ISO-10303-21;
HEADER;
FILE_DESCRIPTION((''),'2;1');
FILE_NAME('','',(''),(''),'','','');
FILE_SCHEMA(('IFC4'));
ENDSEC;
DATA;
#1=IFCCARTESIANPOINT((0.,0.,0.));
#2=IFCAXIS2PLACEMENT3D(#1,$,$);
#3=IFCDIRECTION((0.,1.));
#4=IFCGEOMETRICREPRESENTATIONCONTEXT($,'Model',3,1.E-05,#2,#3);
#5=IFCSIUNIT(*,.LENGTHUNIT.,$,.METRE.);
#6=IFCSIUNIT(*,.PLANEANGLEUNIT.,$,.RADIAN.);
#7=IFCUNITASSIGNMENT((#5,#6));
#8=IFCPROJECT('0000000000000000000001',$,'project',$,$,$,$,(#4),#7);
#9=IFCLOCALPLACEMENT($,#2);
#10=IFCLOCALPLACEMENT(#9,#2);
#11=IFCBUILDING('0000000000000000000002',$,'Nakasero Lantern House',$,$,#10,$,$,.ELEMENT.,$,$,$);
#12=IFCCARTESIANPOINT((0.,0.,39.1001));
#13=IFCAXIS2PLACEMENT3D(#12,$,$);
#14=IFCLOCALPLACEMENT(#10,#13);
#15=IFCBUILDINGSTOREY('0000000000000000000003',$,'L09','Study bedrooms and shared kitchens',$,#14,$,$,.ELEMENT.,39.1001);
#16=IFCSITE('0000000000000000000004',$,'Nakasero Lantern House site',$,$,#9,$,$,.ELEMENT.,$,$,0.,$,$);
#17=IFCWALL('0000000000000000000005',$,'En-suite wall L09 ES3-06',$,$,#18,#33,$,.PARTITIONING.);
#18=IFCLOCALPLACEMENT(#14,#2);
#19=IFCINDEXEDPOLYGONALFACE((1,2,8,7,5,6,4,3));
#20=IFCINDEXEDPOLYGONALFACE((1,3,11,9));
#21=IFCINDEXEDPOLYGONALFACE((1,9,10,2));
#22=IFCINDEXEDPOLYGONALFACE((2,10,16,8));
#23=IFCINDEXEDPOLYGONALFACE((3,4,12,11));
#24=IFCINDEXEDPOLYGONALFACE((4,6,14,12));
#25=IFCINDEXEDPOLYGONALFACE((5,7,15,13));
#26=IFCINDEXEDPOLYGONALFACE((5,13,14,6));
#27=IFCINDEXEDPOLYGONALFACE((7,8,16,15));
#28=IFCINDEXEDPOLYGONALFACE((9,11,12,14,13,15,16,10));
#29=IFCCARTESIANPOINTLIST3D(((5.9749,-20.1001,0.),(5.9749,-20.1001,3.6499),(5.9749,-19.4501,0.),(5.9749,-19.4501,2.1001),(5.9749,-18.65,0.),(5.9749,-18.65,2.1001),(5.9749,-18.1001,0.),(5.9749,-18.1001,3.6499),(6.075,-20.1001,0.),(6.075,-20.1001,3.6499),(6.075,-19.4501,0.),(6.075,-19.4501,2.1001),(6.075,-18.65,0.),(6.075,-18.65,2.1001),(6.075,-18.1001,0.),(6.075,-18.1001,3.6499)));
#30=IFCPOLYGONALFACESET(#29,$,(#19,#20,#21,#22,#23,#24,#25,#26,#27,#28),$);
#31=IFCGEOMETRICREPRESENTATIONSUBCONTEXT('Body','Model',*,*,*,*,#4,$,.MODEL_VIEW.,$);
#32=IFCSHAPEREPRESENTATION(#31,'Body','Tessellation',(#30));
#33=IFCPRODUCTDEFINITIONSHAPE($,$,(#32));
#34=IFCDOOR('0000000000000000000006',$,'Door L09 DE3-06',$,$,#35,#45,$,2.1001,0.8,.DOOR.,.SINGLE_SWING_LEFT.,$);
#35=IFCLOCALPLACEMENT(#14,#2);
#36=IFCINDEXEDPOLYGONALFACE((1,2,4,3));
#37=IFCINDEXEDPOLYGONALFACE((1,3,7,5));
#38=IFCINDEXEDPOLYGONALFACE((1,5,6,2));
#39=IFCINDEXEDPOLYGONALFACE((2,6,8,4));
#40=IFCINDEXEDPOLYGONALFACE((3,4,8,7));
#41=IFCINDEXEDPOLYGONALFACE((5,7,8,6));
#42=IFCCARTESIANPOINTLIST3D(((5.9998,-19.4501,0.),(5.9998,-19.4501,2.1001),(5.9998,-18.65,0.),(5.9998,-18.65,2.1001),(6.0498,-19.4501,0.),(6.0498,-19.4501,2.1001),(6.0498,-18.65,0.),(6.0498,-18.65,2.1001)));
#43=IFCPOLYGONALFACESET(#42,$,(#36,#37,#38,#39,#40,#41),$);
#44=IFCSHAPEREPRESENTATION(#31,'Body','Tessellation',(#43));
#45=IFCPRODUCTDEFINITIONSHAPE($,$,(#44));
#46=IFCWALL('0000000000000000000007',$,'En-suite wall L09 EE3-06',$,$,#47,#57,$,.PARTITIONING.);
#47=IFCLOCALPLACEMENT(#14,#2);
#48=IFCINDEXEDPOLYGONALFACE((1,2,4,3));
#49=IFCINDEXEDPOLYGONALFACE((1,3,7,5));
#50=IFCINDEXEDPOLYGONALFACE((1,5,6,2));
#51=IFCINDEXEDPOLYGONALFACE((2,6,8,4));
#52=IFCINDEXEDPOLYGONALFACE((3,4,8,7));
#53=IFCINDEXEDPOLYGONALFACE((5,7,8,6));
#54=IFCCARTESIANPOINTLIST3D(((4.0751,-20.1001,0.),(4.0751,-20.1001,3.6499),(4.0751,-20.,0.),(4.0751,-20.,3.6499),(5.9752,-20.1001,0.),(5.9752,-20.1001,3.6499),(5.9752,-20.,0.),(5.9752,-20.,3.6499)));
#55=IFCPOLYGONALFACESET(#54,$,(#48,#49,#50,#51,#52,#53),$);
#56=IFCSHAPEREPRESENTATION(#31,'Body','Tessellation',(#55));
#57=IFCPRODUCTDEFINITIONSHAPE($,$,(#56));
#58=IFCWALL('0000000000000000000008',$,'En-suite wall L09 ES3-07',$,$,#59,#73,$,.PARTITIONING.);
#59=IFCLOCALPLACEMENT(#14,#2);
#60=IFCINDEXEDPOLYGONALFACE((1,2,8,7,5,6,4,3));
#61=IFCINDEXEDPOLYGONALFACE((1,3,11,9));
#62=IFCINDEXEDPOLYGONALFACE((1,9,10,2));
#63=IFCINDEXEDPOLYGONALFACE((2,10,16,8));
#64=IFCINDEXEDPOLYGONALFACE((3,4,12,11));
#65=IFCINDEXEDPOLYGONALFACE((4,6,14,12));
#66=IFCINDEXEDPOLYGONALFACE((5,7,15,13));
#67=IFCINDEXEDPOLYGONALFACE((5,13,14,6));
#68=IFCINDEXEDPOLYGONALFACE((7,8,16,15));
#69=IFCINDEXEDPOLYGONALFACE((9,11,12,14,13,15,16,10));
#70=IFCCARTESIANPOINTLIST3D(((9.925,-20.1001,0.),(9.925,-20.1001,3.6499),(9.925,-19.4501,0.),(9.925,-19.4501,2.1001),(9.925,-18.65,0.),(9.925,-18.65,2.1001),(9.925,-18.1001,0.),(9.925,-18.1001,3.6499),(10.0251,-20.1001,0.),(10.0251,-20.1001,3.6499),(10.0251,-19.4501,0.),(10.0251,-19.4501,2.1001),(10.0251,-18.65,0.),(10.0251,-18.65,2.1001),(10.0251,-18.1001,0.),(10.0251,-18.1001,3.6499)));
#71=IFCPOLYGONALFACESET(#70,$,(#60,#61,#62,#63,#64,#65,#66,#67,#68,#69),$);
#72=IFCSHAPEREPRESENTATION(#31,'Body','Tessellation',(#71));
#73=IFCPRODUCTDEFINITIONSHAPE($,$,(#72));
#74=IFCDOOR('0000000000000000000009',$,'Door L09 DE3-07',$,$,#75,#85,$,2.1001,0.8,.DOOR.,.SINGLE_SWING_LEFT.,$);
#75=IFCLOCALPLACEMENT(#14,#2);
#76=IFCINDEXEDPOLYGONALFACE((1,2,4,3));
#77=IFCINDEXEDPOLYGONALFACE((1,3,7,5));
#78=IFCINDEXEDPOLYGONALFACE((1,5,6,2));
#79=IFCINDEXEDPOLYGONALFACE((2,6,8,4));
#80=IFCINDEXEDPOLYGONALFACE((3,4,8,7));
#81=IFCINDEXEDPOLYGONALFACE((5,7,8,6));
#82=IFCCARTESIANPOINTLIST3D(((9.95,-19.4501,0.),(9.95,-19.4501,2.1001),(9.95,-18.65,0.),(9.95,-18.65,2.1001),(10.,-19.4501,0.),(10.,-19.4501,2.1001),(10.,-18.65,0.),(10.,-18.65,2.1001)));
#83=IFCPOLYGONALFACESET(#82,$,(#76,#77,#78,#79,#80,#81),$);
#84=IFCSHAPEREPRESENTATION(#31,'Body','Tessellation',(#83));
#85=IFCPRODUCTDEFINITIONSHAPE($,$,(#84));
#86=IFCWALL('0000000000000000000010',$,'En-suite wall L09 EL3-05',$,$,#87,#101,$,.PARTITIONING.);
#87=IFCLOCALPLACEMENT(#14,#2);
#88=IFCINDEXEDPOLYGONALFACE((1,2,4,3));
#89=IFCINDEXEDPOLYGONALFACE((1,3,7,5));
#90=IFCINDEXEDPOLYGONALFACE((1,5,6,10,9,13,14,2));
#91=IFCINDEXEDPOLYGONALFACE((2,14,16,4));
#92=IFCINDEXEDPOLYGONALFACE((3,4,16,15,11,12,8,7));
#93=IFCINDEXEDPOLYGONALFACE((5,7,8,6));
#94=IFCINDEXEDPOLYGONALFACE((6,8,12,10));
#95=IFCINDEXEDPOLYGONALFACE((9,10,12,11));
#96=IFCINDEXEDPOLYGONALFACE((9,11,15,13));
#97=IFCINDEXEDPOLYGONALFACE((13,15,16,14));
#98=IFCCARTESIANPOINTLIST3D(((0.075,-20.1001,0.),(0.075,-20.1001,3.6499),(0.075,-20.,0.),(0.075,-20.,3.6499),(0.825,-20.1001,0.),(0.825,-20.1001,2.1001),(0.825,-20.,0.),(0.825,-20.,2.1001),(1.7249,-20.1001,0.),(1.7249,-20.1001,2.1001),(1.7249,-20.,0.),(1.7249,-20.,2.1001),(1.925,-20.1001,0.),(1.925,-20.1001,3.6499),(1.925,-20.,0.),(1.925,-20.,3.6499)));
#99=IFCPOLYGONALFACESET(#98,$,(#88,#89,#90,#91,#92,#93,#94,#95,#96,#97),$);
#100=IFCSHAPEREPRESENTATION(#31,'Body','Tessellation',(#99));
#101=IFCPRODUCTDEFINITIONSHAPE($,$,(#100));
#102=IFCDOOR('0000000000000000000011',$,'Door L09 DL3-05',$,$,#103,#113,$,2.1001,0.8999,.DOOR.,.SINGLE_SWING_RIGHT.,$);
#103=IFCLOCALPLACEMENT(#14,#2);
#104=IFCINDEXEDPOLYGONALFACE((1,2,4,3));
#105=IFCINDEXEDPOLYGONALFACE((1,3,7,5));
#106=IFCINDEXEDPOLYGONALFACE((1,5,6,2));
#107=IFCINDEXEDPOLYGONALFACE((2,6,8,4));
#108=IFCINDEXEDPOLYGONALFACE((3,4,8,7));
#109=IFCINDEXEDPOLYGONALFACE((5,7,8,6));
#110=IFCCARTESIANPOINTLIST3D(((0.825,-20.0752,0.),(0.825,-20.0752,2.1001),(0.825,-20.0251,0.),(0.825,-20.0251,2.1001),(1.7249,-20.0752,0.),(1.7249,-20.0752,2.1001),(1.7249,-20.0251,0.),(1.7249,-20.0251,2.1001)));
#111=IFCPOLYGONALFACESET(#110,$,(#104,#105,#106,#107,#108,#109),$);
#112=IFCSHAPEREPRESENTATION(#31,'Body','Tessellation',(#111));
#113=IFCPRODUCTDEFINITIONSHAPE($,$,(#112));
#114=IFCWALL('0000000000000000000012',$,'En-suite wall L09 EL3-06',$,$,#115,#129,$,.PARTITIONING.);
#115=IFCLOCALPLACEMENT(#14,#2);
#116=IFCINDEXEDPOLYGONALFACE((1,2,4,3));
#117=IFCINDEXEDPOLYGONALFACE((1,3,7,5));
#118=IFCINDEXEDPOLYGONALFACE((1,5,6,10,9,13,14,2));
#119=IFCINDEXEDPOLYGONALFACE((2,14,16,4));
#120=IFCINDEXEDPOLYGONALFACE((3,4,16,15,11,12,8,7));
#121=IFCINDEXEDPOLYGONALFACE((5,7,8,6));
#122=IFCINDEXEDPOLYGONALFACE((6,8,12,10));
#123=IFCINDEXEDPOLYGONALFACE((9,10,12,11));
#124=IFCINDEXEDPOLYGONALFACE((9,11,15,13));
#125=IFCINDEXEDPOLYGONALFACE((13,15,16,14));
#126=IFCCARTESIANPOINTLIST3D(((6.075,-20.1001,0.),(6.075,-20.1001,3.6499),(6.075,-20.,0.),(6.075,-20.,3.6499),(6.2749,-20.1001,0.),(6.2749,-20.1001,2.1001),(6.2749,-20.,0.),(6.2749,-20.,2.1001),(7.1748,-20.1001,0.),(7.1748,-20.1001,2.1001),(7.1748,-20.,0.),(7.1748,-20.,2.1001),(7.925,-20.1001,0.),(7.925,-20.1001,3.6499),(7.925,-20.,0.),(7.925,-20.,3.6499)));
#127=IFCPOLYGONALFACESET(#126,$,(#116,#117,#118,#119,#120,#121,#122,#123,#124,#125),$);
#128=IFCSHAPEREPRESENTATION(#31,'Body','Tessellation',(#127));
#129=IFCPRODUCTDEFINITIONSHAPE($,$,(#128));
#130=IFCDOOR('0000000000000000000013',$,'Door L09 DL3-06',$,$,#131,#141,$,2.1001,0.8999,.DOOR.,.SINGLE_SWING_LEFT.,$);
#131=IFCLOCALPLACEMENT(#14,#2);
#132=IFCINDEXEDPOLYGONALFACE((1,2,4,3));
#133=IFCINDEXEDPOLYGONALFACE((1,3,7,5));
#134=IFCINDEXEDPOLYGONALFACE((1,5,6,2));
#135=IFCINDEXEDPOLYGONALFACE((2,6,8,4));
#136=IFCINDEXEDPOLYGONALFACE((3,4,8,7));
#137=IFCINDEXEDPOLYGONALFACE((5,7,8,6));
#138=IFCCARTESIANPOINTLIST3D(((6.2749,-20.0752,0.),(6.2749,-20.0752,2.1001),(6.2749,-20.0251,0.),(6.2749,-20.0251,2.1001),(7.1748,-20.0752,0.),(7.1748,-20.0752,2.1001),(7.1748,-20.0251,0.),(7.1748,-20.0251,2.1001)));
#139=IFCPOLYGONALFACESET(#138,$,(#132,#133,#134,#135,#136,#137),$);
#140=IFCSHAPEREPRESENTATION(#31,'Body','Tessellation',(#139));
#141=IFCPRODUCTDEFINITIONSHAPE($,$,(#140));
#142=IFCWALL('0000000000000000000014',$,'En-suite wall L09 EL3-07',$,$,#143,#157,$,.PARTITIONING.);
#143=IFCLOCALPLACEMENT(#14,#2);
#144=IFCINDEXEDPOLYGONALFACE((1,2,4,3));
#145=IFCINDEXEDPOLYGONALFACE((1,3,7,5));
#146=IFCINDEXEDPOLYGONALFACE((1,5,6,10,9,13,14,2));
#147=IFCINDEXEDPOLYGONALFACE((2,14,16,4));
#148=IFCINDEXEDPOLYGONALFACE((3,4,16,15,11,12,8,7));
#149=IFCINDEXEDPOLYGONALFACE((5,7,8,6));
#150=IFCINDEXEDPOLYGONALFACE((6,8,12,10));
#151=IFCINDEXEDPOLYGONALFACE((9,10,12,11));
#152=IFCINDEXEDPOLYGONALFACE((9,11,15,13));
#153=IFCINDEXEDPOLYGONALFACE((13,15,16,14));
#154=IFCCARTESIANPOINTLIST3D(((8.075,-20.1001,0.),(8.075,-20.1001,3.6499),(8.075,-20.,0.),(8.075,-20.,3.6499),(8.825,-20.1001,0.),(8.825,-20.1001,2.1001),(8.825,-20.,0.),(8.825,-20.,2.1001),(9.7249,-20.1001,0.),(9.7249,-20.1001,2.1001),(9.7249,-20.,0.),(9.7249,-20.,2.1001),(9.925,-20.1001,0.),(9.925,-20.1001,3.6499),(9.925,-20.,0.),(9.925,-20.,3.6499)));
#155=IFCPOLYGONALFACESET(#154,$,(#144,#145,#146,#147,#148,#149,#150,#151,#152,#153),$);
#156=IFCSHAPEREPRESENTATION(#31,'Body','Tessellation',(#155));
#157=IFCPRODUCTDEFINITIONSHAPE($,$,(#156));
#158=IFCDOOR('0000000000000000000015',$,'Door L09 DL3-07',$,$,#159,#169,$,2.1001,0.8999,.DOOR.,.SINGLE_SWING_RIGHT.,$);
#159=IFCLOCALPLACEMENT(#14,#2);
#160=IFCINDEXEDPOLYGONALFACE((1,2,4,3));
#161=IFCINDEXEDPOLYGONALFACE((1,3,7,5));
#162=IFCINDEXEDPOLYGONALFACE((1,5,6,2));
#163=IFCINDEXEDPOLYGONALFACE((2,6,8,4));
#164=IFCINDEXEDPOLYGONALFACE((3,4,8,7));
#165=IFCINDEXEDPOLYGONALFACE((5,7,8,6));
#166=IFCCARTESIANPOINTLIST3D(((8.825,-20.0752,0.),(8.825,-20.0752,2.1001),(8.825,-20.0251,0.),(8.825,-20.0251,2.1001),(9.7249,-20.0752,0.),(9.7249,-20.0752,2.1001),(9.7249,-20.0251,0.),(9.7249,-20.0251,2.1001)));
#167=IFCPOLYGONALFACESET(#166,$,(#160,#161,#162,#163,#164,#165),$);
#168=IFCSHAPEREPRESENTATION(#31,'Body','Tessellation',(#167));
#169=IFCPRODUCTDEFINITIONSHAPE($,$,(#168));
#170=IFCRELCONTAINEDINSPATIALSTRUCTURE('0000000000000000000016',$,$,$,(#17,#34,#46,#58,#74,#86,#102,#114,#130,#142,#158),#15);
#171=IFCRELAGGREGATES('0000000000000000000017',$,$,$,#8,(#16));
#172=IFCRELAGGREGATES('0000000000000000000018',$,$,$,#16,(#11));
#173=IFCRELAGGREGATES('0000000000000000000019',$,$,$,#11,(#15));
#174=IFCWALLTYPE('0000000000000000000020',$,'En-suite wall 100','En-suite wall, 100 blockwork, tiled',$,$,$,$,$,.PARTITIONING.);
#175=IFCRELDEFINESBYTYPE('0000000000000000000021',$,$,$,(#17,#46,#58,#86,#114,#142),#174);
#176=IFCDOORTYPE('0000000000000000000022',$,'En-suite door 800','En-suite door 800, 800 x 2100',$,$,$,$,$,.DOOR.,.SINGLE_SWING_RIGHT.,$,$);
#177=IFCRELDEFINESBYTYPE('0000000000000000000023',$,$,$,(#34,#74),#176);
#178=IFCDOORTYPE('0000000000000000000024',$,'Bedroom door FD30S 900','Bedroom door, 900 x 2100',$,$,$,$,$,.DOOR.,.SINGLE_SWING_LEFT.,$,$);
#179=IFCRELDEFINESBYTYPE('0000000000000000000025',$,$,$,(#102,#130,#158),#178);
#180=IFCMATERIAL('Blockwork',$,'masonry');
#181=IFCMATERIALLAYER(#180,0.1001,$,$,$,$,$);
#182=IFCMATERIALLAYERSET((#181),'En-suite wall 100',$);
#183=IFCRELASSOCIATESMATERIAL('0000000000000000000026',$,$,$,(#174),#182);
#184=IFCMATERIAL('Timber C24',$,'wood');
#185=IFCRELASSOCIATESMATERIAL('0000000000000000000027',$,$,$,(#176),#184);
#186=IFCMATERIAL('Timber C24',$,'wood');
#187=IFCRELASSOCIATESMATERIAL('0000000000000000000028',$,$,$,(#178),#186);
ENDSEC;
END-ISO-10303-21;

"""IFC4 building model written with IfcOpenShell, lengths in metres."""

from ifc_helpers import new_model, si_unit, direction, frame, frame_2d, origin, place, context, subcontext, project, spatial, rectangle, extrude, material, layer, layer_set, type_object, element, fill, save


model = new_model("IFC4")

# Units and contexts
model_context = context("Model", 3, precision=1e-05, world=origin(), true_north=direction((0.0, 1.0)))
body_context = subcontext(model_context, "Body", "Model", "MODEL_VIEW")
ifc_project = project(units=[si_unit("LENGTHUNIT", "METRE"), si_unit("PLANEANGLEUNIT", "RADIAN")], contexts=[model_context])

# Site, building, storey
site_placement = place(None, origin())
site = spatial("IfcSite", under=ifc_project, at=site_placement, Name="Nakasero Lantern House site", CompositionType="ELEMENT", RefElevation=0.0)
building_placement = place(site_placement, origin())
building = spatial("IfcBuilding", under=site, at=building_placement, Name="Nakasero Lantern House", CompositionType="ELEMENT")
storey_placement = place(building_placement, frame((0.0, 0.0, 39.1001)))
storey = spatial("IfcBuildingStorey", under=building, at=storey_placement, Name="L09", Description="Study bedrooms and shared kitchens", CompositionType="ELEMENT", Elevation=39.1001)

# Shared definitions
ifc_material_1 = material(Name="Blockwork", Category="masonry")
ifc_layer_1 = layer(ifc_material_1, 0.1001)
ifc_layer_set_1 = layer_set([ifc_layer_1], Name="En-suite wall 100")
wall_type_1 = type_object("IfcWallType", Name="En-suite wall 100", Description="En-suite wall, 100 blockwork, tiled", PredefinedType="PARTITIONING", material=ifc_layer_set_1)
ifc_material_2 = material(Name="Timber C24", Category="wood")
door_type_1 = type_object("IfcDoorType", Name="En-suite door 800", Description="En-suite door 800, 800 x 2100", OperationType="SINGLE_SWING_RIGHT", PredefinedType="DOOR", material=ifc_material_2)

# Wall, opening, door
wall_1_placement = place(storey_placement, frame((6.0249, -18.1001, 0.0), z_axis=(0.0, 0.0, 1.0), x_axis=(0.0, -1.0, 0.0)))
wall_1 = element("IfcWall", 1, at=wall_1_placement, inside=storey, type_object=wall_type_1, Name="En-suite wall L09 ES3-06", PredefinedType="PARTITIONING", context=body_context, shape_type="SweptSolid", body=[
    extrude(rectangle(XDim=2.0, YDim=0.1001, at=frame_2d((1.0, 0.0))), origin(), (0.0, 0.0, 1.0), 3.6499),
])
opening_1_placement = place(wall_1_placement, frame((0.55, 0.0, 0.0)))
opening_1 = element("IfcOpeningElement", 2, at=opening_1_placement, cuts=wall_1, PredefinedType="OPENING", context=body_context, shape_type="SweptSolid", body=[
    extrude(rectangle(XDim=0.8, YDim=2.1001, at=frame_2d((0.3999, 1.05))), frame((0.0, 0.0701, 0.0), z_axis=(0.0, -1.0, 0.0), x_axis=(1.0, 0.0, 0.0)), (0.0, 0.0, 1.0), 0.1401),
])
door_1_placement = place(opening_1_placement, origin())
door_1 = element("IfcDoor", 3, at=door_1_placement, inside=storey, type_object=door_type_1, Name="Door L09 DE3-06", OperationType="SINGLE_SWING_LEFT", OverallHeight=2.1001, OverallWidth=0.8, PredefinedType="DOOR", context=body_context, shape_type="SweptSolid", body=[
    extrude(rectangle(XDim=0.8, YDim=2.1001, at=frame_2d((0.3999, 1.05))), frame((0.0, 0.0249, 0.0), z_axis=(0.0, -1.0, 0.0), x_axis=(1.0, 0.0, 0.0)), (0.0, 0.0, 1.0), 0.05),
])
fill(opening_1, door_1)

# Wall
wall_2_placement = place(storey_placement, frame((4.075, -20.05, 0.0), z_axis=(0.0, 0.0, 1.0), x_axis=(1.0, 0.0, 0.0)))
element("IfcWall", 4, at=wall_2_placement, inside=storey, type_object=wall_type_1, Name="En-suite wall L09 EE3-06", PredefinedType="PARTITIONING", context=body_context, shape_type="SweptSolid", body=[
    extrude(rectangle(XDim=1.9001, YDim=0.1001, at=frame_2d((0.9502, 0.0))), origin(), (0.0, 0.0, 1.0), 3.6499),
])

# Walls, openings, doors
wall_3_placement = place(storey_placement, frame((9.9751, -18.1001, 0.0), z_axis=(0.0, 0.0, 1.0), x_axis=(0.0, -1.0, 0.0)))
wall_3 = element("IfcWall", 5, at=wall_3_placement, inside=storey, type_object=wall_type_1, Name="En-suite wall L09 ES3-07", PredefinedType="PARTITIONING", context=body_context, shape_type="SweptSolid", body=[
    extrude(rectangle(XDim=2.0, YDim=0.1001, at=frame_2d((1.0, 0.0))), origin(), (0.0, 0.0, 1.0), 3.6499),
])
opening_2_placement = place(wall_3_placement, frame((0.55, 0.0, 0.0)))
opening_2 = element("IfcOpeningElement", 6, at=opening_2_placement, cuts=wall_3, PredefinedType="OPENING", context=body_context, shape_type="SweptSolid", body=[
    extrude(rectangle(XDim=0.8, YDim=2.1001, at=frame_2d((0.3999, 1.05))), frame((0.0, 0.0701, 0.0), z_axis=(0.0, -1.0, 0.0), x_axis=(1.0, 0.0, 0.0)), (0.0, 0.0, 1.0), 0.1401),
])
door_2_placement = place(opening_2_placement, origin())
door_2 = element("IfcDoor", 7, at=door_2_placement, inside=storey, type_object=door_type_1, Name="Door L09 DE3-07", OperationType="SINGLE_SWING_LEFT", OverallHeight=2.1001, OverallWidth=0.8, PredefinedType="DOOR", context=body_context, shape_type="SweptSolid", body=[
    extrude(rectangle(XDim=0.8, YDim=2.1001, at=frame_2d((0.3999, 1.05))), frame((0.0, 0.0249, 0.0), z_axis=(0.0, -1.0, 0.0), x_axis=(1.0, 0.0, 0.0)), (0.0, 0.0, 1.0), 0.05),
])
fill(opening_2, door_2)
wall_4_placement = place(storey_placement, frame((0.075, -20.05, 0.0), z_axis=(0.0, 0.0, 1.0), x_axis=(1.0, 0.0, 0.0)))
wall_4 = element("IfcWall", 8, at=wall_4_placement, inside=storey, type_object=wall_type_1, Name="En-suite wall L09 EL3-05", PredefinedType="PARTITIONING", context=body_context, shape_type="SweptSolid", body=[
    extrude(rectangle(XDim=1.8501, YDim=0.1001, at=frame_2d((0.925, 0.0))), origin(), (0.0, 0.0, 1.0), 3.6499),
])
opening_3_placement = place(wall_4_placement, frame((0.75, 0.0, 0.0)))
opening_3 = element("IfcOpeningElement", 9, at=opening_3_placement, cuts=wall_4, PredefinedType="OPENING", context=body_context, shape_type="SweptSolid", body=[
    extrude(rectangle(XDim=0.8999, YDim=2.1001, at=frame_2d((0.45, 1.05))), frame((0.0, 0.0701, 0.0), z_axis=(0.0, -1.0, 0.0), x_axis=(1.0, 0.0, 0.0)), (0.0, 0.0, 1.0), 0.1401),
])
ifc_material_3 = material(Name="Timber C24", Category="wood")
door_type_2 = type_object("IfcDoorType", Name="Bedroom door FD30S 900", Description="Bedroom door, 900 x 2100", OperationType="SINGLE_SWING_LEFT", PredefinedType="DOOR", material=ifc_material_3)
door_3_placement = place(opening_3_placement, origin())
door_3 = element("IfcDoor", 10, at=door_3_placement, inside=storey, type_object=door_type_2, Name="Door L09 DL3-05", OperationType="SINGLE_SWING_RIGHT", OverallHeight=2.1001, OverallWidth=0.8999, PredefinedType="DOOR", context=body_context, shape_type="SweptSolid", body=[
    extrude(rectangle(XDim=0.8999, YDim=2.1001, at=frame_2d((0.45, 1.05))), frame((0.0, 0.0249, 0.0), z_axis=(0.0, -1.0, 0.0), x_axis=(1.0, 0.0, 0.0)), (0.0, 0.0, 1.0), 0.05),
])
fill(opening_3, door_3)
wall_5_placement = place(storey_placement, frame((6.075, -20.05, 0.0), z_axis=(0.0, 0.0, 1.0), x_axis=(1.0, 0.0, 0.0)))
wall_5 = element("IfcWall", 11, at=wall_5_placement, inside=storey, type_object=wall_type_1, Name="En-suite wall L09 EL3-06", PredefinedType="PARTITIONING", context=body_context, shape_type="SweptSolid", body=[
    extrude(rectangle(XDim=1.8501, YDim=0.1001, at=frame_2d((0.925, 0.0))), origin(), (0.0, 0.0, 1.0), 3.6499),
])
opening_4_placement = place(wall_5_placement, frame((0.2, 0.0, 0.0)))
opening_4 = element("IfcOpeningElement", 12, at=opening_4_placement, cuts=wall_5, PredefinedType="OPENING", context=body_context, shape_type="SweptSolid", body=[
    extrude(rectangle(XDim=0.8999, YDim=2.1001, at=frame_2d((0.45, 1.05))), frame((0.0, 0.0701, 0.0), z_axis=(0.0, -1.0, 0.0), x_axis=(1.0, 0.0, 0.0)), (0.0, 0.0, 1.0), 0.1401),
])
door_4_placement = place(opening_4_placement, origin())
door_4 = element("IfcDoor", 13, at=door_4_placement, inside=storey, type_object=door_type_2, Name="Door L09 DL3-06", OperationType="SINGLE_SWING_LEFT", OverallHeight=2.1001, OverallWidth=0.8999, PredefinedType="DOOR", context=body_context, shape_type="SweptSolid", body=[
    extrude(rectangle(XDim=0.8999, YDim=2.1001, at=frame_2d((0.45, 1.05))), frame((0.0, 0.0249, 0.0), z_axis=(0.0, -1.0, 0.0), x_axis=(1.0, 0.0, 0.0)), (0.0, 0.0, 1.0), 0.05),
])
fill(opening_4, door_4)
wall_6_placement = place(storey_placement, frame((8.075, -20.05, 0.0), z_axis=(0.0, 0.0, 1.0), x_axis=(1.0, 0.0, 0.0)))
wall_6 = element("IfcWall", 14, at=wall_6_placement, inside=storey, type_object=wall_type_1, Name="En-suite wall L09 EL3-07", PredefinedType="PARTITIONING", context=body_context, shape_type="SweptSolid", body=[
    extrude(rectangle(XDim=1.8501, YDim=0.1001, at=frame_2d((0.925, 0.0))), origin(), (0.0, 0.0, 1.0), 3.6499),
])
opening_5_placement = place(wall_6_placement, frame((0.75, 0.0, 0.0)))
opening_5 = element("IfcOpeningElement", 15, at=opening_5_placement, cuts=wall_6, PredefinedType="OPENING", context=body_context, shape_type="SweptSolid", body=[
    extrude(rectangle(XDim=0.8999, YDim=2.1001, at=frame_2d((0.45, 1.05))), frame((0.0, 0.0701, 0.0), z_axis=(0.0, -1.0, 0.0), x_axis=(1.0, 0.0, 0.0)), (0.0, 0.0, 1.0), 0.1401),
])
door_5_placement = place(opening_5_placement, origin())
door_5 = element("IfcDoor", 16, at=door_5_placement, inside=storey, type_object=door_type_2, Name="Door L09 DL3-07", OperationType="SINGLE_SWING_RIGHT", OverallHeight=2.1001, OverallWidth=0.8999, PredefinedType="DOOR", context=body_context, shape_type="SweptSolid", body=[
    extrude(rectangle(XDim=0.8999, YDim=2.1001, at=frame_2d((0.45, 1.05))), frame((0.0, 0.0249, 0.0), z_axis=(0.0, -1.0, 0.0), x_axis=(1.0, 0.0, 0.0)), (0.0, 0.0, 1.0), 0.05),
])
fill(opening_5, door_5)

save(model, "model.ifc")
